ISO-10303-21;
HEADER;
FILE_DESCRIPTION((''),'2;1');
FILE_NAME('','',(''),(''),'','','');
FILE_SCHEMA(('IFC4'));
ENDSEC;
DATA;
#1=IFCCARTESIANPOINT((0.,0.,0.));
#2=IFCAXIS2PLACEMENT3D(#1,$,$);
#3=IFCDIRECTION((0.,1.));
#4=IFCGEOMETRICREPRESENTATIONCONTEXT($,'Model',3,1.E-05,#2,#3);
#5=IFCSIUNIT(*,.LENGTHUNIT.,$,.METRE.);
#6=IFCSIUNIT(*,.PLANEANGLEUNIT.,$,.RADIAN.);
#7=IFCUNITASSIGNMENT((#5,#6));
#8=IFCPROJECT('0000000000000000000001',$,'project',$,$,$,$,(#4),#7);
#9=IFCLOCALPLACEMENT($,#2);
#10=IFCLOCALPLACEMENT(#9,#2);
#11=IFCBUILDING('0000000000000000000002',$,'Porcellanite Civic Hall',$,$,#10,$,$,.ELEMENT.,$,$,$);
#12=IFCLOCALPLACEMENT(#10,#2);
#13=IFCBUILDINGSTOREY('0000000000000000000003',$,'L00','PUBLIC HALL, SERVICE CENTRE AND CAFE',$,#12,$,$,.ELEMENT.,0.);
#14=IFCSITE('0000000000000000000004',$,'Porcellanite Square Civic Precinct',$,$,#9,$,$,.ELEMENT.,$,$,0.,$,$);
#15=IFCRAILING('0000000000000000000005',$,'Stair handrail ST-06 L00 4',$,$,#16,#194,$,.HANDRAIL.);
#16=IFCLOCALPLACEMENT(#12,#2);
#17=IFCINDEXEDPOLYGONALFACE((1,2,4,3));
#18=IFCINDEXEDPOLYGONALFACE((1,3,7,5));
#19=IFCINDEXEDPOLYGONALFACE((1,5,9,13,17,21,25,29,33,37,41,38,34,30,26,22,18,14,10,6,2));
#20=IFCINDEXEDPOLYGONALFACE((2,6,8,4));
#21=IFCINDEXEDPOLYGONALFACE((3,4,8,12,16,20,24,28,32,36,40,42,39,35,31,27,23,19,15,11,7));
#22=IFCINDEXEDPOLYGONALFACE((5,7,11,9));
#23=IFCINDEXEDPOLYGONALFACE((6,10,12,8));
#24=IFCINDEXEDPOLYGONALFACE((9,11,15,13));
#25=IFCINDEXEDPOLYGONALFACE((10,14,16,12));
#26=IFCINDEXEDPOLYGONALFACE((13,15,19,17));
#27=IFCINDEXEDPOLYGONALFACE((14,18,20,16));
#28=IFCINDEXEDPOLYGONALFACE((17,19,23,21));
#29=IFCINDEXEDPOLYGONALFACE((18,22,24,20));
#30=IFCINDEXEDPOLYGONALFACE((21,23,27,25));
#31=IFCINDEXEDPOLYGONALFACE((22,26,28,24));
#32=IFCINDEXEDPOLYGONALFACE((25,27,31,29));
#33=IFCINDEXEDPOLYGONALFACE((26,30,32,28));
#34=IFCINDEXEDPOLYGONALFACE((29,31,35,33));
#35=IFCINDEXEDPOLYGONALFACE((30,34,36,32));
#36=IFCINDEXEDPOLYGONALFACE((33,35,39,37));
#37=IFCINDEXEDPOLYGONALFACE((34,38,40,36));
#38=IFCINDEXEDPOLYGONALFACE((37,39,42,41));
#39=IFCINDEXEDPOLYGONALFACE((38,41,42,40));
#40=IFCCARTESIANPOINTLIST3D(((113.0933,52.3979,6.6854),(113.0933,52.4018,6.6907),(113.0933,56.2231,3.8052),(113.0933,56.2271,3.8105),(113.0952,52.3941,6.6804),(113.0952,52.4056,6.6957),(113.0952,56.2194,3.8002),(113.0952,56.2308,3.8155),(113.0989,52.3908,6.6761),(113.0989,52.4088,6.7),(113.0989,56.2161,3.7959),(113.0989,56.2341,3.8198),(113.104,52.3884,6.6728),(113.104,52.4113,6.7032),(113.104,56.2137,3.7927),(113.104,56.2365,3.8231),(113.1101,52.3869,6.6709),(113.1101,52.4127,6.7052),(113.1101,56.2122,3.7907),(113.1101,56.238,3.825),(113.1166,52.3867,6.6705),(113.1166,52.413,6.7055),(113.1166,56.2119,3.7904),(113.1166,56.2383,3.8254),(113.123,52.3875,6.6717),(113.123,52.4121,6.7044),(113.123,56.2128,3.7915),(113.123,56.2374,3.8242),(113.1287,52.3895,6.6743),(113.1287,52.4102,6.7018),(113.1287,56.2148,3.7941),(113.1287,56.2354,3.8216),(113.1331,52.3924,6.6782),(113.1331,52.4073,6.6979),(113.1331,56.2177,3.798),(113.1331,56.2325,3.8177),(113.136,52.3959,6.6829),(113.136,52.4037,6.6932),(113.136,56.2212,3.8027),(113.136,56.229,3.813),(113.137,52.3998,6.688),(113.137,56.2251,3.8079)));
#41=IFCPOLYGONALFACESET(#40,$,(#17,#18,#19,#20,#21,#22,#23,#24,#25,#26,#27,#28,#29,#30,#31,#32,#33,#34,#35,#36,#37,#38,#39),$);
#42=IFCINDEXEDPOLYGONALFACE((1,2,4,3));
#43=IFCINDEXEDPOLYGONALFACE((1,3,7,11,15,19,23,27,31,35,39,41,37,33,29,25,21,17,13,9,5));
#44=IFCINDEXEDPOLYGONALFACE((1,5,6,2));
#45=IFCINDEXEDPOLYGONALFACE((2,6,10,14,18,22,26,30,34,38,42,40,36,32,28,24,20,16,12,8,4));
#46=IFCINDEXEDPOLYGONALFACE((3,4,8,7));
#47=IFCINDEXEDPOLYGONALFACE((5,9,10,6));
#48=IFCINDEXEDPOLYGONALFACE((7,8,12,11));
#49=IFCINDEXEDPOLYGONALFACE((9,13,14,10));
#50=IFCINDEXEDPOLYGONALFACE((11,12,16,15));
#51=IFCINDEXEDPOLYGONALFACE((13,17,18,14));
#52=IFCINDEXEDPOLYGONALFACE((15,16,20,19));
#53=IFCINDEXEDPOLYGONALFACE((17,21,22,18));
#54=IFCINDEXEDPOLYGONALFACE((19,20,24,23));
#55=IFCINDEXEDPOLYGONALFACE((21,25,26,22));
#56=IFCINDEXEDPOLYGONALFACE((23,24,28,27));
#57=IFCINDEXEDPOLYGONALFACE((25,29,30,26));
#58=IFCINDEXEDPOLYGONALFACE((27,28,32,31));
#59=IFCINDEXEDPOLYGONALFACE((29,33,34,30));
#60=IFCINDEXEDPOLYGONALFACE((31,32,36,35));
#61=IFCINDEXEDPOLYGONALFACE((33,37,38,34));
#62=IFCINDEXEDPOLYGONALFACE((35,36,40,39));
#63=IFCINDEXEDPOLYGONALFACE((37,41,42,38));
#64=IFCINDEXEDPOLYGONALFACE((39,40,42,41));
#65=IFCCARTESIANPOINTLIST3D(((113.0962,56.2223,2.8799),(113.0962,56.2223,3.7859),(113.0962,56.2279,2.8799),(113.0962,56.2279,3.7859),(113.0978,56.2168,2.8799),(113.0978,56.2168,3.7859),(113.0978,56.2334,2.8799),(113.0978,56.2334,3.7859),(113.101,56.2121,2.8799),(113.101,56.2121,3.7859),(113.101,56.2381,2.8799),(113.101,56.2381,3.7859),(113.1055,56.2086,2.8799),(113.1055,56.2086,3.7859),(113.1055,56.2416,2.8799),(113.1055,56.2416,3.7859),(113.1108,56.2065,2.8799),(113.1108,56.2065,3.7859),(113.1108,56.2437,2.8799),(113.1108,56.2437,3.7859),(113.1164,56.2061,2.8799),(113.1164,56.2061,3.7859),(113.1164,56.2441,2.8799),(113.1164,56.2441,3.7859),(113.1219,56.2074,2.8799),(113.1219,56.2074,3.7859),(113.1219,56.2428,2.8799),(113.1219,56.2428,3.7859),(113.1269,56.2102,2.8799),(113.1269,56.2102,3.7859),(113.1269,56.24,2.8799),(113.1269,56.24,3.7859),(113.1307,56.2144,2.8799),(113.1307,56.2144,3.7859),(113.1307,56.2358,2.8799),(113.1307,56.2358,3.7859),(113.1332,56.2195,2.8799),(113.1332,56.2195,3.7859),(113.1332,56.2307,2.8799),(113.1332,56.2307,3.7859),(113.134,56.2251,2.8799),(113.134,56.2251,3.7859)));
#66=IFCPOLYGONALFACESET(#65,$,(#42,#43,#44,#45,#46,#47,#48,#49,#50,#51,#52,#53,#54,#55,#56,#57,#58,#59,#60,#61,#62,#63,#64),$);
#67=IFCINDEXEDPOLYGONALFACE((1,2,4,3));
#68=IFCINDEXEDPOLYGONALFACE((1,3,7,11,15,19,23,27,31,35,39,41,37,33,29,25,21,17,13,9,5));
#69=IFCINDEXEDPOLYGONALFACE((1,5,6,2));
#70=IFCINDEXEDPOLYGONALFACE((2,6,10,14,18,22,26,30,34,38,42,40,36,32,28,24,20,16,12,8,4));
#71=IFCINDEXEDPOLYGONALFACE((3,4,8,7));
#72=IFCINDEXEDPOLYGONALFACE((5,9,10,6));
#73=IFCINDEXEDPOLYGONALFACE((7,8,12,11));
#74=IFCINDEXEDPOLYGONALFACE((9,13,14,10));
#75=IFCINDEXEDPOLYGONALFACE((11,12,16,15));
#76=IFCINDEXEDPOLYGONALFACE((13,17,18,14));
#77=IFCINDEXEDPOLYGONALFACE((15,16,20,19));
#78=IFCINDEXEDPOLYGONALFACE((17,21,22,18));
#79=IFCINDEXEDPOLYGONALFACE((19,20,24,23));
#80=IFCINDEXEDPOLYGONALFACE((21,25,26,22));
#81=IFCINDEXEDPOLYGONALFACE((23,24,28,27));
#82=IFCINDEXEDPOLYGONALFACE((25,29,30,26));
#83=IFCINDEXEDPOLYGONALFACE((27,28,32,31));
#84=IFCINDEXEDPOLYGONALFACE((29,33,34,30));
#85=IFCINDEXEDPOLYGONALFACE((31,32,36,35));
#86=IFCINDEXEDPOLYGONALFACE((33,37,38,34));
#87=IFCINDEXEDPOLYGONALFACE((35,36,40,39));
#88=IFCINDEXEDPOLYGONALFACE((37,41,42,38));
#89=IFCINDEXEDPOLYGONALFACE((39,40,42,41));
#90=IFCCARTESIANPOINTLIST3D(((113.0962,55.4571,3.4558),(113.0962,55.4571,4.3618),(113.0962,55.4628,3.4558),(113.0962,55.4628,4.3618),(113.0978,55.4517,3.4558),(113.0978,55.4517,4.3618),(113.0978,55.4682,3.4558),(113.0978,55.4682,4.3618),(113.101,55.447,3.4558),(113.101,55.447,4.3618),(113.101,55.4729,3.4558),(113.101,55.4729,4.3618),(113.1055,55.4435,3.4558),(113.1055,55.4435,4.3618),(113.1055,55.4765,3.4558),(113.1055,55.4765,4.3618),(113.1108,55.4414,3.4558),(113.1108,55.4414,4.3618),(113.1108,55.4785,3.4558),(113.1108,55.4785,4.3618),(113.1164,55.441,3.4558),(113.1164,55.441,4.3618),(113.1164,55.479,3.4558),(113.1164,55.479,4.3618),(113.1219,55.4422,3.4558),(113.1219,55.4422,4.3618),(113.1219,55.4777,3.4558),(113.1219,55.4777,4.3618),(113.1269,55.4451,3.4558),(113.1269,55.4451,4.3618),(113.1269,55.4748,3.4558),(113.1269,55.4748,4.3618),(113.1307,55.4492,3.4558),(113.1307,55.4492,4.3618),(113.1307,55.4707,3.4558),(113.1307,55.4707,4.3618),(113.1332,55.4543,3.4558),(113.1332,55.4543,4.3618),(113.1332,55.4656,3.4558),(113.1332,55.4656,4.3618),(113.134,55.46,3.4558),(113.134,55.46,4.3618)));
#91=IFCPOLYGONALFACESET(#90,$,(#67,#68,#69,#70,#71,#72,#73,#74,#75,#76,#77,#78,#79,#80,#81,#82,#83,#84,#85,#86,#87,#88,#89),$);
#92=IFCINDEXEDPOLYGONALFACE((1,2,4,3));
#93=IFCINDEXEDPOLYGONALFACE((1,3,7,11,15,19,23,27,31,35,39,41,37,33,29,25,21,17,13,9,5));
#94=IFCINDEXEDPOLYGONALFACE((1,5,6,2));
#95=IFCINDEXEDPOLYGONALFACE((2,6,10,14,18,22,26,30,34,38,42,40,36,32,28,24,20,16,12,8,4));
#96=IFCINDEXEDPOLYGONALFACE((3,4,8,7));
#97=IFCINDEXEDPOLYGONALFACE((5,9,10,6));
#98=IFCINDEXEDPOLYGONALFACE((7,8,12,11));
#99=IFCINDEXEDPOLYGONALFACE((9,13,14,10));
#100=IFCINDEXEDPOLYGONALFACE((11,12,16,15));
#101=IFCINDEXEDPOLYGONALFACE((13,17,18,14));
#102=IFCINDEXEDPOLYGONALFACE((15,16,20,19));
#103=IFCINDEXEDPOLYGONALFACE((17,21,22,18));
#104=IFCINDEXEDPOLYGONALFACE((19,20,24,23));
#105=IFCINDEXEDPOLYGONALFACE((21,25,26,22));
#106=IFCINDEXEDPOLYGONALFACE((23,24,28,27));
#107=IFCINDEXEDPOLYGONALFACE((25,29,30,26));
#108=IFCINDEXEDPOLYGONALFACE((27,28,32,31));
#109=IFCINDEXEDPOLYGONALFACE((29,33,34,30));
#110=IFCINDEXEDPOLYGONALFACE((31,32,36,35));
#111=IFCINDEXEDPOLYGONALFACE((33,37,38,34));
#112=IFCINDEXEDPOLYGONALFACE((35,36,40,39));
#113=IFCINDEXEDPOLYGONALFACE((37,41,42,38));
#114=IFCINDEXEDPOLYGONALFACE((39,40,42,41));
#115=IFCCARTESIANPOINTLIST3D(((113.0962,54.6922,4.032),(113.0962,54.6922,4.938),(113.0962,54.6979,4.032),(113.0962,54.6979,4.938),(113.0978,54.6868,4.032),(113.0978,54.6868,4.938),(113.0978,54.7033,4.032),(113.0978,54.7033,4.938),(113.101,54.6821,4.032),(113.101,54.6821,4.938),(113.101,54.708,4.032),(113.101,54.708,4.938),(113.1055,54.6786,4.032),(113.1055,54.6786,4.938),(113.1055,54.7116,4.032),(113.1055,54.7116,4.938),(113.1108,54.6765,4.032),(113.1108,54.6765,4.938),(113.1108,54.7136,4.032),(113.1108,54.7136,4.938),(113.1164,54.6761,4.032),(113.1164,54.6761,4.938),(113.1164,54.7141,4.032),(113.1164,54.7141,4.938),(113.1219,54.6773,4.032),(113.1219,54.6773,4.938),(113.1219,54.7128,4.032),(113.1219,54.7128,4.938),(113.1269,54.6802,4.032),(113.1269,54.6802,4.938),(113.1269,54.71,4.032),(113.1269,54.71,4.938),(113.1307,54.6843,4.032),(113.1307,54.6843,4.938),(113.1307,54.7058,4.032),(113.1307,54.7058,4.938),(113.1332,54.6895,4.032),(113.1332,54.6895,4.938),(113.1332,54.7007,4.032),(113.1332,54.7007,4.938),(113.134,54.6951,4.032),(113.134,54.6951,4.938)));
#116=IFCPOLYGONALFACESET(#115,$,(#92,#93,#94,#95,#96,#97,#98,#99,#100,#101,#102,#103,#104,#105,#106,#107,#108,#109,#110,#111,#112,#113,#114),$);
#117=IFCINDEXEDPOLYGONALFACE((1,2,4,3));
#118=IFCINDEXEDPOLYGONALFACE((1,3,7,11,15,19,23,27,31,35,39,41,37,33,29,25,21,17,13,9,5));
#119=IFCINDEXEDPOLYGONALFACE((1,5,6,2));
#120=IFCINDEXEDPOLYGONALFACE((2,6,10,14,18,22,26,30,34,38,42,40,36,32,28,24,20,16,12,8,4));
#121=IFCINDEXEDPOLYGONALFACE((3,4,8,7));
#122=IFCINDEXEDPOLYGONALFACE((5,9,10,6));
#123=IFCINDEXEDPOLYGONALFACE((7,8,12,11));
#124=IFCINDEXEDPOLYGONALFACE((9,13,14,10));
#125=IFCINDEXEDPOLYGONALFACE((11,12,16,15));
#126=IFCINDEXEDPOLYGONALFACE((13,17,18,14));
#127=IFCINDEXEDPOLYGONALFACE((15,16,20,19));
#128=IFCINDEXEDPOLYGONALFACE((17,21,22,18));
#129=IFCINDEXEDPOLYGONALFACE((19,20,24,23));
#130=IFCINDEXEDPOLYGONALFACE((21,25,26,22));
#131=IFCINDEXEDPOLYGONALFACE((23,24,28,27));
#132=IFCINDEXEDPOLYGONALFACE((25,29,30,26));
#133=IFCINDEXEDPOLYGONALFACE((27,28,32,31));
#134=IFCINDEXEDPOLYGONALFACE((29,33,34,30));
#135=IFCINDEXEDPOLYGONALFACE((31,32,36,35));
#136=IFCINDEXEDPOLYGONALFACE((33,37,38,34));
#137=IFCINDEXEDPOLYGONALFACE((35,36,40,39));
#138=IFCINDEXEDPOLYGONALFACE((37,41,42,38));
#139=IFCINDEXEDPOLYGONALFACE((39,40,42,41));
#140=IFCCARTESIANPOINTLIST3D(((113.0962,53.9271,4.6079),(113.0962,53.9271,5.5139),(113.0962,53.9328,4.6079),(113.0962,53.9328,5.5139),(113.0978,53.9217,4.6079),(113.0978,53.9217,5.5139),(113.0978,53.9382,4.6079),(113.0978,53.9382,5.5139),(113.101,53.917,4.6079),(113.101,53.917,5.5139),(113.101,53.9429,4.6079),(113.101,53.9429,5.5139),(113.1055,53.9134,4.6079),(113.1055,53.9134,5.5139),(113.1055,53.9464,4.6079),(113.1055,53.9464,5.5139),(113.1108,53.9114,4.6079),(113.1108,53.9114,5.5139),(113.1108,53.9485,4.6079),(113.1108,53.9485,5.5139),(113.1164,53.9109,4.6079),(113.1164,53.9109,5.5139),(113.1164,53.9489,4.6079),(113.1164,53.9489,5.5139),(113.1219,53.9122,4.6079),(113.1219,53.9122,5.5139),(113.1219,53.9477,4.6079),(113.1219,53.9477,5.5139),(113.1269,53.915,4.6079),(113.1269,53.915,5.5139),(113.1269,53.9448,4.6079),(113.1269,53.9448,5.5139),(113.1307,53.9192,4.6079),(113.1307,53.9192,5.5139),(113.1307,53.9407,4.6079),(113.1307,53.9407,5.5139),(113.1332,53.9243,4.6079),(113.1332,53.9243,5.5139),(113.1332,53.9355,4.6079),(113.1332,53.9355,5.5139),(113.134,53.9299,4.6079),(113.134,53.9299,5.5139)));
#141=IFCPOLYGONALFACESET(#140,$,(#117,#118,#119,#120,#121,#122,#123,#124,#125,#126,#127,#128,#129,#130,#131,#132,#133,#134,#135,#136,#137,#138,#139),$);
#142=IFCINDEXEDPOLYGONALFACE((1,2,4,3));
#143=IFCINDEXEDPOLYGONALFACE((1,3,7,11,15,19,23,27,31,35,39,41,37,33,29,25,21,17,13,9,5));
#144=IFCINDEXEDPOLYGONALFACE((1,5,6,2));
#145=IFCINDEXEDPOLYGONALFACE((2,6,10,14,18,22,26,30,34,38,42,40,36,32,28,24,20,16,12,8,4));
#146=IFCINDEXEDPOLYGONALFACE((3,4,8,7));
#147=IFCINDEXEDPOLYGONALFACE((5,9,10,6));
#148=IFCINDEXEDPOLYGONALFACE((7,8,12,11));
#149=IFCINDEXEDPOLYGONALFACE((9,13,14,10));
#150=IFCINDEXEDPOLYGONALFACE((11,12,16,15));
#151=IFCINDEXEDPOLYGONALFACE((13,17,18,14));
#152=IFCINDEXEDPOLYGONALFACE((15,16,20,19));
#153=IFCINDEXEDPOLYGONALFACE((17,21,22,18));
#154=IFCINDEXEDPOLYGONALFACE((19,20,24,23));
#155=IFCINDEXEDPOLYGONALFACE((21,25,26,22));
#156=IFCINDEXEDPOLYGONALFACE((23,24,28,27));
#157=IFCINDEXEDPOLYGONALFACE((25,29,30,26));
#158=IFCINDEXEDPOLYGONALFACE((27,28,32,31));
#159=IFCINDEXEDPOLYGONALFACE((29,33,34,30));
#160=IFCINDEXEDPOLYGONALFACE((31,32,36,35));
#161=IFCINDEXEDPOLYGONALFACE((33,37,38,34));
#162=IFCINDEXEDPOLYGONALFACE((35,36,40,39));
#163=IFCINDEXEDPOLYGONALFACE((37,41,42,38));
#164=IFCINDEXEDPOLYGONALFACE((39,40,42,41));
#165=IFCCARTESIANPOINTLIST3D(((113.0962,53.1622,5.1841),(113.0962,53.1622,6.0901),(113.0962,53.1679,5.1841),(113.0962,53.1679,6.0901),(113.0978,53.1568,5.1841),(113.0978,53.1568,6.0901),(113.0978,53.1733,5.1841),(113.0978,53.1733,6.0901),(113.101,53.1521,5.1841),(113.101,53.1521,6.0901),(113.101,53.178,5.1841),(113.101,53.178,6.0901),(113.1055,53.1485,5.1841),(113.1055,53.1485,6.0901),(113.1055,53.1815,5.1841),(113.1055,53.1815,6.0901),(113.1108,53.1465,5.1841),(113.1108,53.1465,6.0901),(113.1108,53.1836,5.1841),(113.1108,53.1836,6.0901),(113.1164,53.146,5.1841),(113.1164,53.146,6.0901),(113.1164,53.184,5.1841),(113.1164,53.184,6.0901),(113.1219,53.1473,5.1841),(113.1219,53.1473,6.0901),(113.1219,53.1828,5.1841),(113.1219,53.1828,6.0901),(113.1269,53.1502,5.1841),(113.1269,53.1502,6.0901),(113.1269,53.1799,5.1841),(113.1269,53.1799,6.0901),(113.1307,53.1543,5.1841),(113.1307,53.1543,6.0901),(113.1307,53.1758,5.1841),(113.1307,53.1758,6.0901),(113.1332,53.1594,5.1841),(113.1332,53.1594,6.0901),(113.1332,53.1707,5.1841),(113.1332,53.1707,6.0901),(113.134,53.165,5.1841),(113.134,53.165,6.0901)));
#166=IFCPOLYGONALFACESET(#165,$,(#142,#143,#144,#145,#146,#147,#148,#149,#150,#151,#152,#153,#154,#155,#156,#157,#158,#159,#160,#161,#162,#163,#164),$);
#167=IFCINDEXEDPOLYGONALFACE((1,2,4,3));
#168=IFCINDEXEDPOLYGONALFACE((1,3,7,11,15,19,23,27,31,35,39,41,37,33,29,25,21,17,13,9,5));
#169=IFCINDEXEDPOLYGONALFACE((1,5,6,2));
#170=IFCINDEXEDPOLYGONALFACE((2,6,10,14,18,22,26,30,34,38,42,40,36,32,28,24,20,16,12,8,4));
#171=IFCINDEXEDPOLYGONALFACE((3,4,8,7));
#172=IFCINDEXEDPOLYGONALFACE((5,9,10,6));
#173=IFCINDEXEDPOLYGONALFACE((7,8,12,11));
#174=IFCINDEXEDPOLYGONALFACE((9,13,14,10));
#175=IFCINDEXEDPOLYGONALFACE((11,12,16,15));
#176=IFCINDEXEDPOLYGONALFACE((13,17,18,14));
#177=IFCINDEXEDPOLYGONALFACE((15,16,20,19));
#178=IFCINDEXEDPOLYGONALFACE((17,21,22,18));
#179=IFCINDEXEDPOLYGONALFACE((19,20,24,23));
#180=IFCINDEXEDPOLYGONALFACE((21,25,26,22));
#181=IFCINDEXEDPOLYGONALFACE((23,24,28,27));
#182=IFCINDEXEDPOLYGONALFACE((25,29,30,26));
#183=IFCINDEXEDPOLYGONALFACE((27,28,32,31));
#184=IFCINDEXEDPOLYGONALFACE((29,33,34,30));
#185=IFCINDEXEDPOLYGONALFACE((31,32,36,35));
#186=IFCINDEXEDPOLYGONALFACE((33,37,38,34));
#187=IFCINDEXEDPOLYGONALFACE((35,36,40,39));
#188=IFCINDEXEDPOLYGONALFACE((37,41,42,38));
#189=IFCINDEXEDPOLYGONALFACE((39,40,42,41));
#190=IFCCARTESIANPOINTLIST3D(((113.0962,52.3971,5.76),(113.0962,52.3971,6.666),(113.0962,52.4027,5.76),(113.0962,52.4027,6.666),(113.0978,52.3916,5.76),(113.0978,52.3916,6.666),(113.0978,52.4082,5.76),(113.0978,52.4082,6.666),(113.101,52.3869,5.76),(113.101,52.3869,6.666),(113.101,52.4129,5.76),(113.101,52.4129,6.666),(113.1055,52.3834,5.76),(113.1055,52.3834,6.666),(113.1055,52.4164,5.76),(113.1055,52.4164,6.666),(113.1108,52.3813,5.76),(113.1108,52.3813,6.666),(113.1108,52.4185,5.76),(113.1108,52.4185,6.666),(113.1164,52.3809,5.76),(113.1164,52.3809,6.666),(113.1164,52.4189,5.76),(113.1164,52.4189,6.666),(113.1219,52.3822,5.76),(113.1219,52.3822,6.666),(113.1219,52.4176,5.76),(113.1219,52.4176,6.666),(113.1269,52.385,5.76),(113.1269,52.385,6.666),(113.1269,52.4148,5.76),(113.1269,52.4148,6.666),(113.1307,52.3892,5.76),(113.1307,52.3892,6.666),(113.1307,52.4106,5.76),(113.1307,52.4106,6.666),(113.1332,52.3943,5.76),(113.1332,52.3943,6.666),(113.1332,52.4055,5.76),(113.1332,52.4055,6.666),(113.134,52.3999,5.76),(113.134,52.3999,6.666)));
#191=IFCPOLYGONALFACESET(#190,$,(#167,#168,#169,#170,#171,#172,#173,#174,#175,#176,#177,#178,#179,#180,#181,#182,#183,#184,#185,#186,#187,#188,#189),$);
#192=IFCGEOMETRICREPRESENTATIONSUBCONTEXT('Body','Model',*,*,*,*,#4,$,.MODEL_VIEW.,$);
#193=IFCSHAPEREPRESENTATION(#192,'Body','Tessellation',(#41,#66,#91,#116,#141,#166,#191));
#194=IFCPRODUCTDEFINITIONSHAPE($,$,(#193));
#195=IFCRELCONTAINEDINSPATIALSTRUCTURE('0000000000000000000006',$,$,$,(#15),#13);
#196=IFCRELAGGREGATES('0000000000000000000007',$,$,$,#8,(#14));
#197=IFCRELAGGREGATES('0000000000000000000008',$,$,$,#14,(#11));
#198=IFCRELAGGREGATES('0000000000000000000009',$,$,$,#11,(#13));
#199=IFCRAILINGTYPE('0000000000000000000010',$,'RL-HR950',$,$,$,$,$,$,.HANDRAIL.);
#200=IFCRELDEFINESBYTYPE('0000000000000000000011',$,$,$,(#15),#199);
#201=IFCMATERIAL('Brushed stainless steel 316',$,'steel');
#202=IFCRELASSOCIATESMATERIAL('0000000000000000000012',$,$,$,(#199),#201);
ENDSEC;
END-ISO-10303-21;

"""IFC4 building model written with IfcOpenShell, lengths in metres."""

from ifc_helpers import new_model, si_unit, direction, frame, origin, origin_2d, place, context, subcontext, project, spatial, circle, extrude, material, type_object, element, save


model = new_model("IFC4")

# Units and contexts
model_context = context("Model", 3, precision=1e-05, world=origin(), true_north=direction((0.0, 1.0)))
body_context = subcontext(model_context, "Body", "Model", "MODEL_VIEW")
ifc_project = project(units=[si_unit("LENGTHUNIT", "METRE"), si_unit("PLANEANGLEUNIT", "RADIAN")], contexts=[model_context])

# Site, building, storey
site_placement = place(None, origin())
site = spatial("IfcSite", under=ifc_project, at=site_placement, Name="Porcellanite Square Civic Precinct", CompositionType="ELEMENT", RefElevation=0.0)
building_placement = place(site_placement, origin())
building = spatial("IfcBuilding", under=site, at=building_placement, Name="Porcellanite Civic Hall", CompositionType="ELEMENT")
storey_placement = place(building_placement, origin())
storey = spatial("IfcBuildingStorey", under=building, at=storey_placement, Name="L00", Description="PUBLIC HALL, SERVICE CENTRE AND CAFE", CompositionType="ELEMENT", Elevation=0.0)

# Railing
ifc_material_1 = material(Name="Brushed stainless steel 316", Category="steel")
railing_type_1 = type_object("IfcRailingType", Name="RL-HR950", PredefinedType="HANDRAIL", material=ifc_material_1)
railing_1_placement = place(storey_placement, frame((113.115, 56.2251, 2.8799)))
element("IfcRailing", 1, at=railing_1_placement, inside=storey, type_object=railing_type_1, Name="Stair handrail ST-06 L00 4", PredefinedType="HANDRAIL", context=body_context, shape_type="SweptSolid", body=[
    extrude(circle(Radius=0.022, at=origin_2d()), frame((0.0, 0.0, 0.928), z_axis=(0.0, -0.798873, 0.6015), x_axis=(1.0, 0.0, 0.0)), (0.0, 0.0, 1.0), 4.7883),
    extrude(circle(Radius=0.019, at=origin_2d()), origin(), (0.0, 0.0, 1.0), 0.906),
    extrude(circle(Radius=0.019, at=origin_2d()), frame((0.0, -0.7651, 0.5759)), (0.0, 0.0, 1.0), 0.906),
    extrude(circle(Radius=0.019, at=origin_2d()), frame((0.0, -1.53, 1.1521)), (0.0, 0.0, 1.0), 0.906),
    extrude(circle(Radius=0.019, at=origin_2d()), frame((0.0, -2.2952, 1.728)), (0.0, 0.0, 1.0), 0.906),
    extrude(circle(Radius=0.019, at=origin_2d()), frame((0.0, -3.0601, 2.3042)), (0.0, 0.0, 1.0), 0.906),
    extrude(circle(Radius=0.019, at=origin_2d()), frame((0.0, -3.8252, 2.8801)), (0.0, 0.0, 1.0), 0.906),
])

save(model, "model.ifc")
